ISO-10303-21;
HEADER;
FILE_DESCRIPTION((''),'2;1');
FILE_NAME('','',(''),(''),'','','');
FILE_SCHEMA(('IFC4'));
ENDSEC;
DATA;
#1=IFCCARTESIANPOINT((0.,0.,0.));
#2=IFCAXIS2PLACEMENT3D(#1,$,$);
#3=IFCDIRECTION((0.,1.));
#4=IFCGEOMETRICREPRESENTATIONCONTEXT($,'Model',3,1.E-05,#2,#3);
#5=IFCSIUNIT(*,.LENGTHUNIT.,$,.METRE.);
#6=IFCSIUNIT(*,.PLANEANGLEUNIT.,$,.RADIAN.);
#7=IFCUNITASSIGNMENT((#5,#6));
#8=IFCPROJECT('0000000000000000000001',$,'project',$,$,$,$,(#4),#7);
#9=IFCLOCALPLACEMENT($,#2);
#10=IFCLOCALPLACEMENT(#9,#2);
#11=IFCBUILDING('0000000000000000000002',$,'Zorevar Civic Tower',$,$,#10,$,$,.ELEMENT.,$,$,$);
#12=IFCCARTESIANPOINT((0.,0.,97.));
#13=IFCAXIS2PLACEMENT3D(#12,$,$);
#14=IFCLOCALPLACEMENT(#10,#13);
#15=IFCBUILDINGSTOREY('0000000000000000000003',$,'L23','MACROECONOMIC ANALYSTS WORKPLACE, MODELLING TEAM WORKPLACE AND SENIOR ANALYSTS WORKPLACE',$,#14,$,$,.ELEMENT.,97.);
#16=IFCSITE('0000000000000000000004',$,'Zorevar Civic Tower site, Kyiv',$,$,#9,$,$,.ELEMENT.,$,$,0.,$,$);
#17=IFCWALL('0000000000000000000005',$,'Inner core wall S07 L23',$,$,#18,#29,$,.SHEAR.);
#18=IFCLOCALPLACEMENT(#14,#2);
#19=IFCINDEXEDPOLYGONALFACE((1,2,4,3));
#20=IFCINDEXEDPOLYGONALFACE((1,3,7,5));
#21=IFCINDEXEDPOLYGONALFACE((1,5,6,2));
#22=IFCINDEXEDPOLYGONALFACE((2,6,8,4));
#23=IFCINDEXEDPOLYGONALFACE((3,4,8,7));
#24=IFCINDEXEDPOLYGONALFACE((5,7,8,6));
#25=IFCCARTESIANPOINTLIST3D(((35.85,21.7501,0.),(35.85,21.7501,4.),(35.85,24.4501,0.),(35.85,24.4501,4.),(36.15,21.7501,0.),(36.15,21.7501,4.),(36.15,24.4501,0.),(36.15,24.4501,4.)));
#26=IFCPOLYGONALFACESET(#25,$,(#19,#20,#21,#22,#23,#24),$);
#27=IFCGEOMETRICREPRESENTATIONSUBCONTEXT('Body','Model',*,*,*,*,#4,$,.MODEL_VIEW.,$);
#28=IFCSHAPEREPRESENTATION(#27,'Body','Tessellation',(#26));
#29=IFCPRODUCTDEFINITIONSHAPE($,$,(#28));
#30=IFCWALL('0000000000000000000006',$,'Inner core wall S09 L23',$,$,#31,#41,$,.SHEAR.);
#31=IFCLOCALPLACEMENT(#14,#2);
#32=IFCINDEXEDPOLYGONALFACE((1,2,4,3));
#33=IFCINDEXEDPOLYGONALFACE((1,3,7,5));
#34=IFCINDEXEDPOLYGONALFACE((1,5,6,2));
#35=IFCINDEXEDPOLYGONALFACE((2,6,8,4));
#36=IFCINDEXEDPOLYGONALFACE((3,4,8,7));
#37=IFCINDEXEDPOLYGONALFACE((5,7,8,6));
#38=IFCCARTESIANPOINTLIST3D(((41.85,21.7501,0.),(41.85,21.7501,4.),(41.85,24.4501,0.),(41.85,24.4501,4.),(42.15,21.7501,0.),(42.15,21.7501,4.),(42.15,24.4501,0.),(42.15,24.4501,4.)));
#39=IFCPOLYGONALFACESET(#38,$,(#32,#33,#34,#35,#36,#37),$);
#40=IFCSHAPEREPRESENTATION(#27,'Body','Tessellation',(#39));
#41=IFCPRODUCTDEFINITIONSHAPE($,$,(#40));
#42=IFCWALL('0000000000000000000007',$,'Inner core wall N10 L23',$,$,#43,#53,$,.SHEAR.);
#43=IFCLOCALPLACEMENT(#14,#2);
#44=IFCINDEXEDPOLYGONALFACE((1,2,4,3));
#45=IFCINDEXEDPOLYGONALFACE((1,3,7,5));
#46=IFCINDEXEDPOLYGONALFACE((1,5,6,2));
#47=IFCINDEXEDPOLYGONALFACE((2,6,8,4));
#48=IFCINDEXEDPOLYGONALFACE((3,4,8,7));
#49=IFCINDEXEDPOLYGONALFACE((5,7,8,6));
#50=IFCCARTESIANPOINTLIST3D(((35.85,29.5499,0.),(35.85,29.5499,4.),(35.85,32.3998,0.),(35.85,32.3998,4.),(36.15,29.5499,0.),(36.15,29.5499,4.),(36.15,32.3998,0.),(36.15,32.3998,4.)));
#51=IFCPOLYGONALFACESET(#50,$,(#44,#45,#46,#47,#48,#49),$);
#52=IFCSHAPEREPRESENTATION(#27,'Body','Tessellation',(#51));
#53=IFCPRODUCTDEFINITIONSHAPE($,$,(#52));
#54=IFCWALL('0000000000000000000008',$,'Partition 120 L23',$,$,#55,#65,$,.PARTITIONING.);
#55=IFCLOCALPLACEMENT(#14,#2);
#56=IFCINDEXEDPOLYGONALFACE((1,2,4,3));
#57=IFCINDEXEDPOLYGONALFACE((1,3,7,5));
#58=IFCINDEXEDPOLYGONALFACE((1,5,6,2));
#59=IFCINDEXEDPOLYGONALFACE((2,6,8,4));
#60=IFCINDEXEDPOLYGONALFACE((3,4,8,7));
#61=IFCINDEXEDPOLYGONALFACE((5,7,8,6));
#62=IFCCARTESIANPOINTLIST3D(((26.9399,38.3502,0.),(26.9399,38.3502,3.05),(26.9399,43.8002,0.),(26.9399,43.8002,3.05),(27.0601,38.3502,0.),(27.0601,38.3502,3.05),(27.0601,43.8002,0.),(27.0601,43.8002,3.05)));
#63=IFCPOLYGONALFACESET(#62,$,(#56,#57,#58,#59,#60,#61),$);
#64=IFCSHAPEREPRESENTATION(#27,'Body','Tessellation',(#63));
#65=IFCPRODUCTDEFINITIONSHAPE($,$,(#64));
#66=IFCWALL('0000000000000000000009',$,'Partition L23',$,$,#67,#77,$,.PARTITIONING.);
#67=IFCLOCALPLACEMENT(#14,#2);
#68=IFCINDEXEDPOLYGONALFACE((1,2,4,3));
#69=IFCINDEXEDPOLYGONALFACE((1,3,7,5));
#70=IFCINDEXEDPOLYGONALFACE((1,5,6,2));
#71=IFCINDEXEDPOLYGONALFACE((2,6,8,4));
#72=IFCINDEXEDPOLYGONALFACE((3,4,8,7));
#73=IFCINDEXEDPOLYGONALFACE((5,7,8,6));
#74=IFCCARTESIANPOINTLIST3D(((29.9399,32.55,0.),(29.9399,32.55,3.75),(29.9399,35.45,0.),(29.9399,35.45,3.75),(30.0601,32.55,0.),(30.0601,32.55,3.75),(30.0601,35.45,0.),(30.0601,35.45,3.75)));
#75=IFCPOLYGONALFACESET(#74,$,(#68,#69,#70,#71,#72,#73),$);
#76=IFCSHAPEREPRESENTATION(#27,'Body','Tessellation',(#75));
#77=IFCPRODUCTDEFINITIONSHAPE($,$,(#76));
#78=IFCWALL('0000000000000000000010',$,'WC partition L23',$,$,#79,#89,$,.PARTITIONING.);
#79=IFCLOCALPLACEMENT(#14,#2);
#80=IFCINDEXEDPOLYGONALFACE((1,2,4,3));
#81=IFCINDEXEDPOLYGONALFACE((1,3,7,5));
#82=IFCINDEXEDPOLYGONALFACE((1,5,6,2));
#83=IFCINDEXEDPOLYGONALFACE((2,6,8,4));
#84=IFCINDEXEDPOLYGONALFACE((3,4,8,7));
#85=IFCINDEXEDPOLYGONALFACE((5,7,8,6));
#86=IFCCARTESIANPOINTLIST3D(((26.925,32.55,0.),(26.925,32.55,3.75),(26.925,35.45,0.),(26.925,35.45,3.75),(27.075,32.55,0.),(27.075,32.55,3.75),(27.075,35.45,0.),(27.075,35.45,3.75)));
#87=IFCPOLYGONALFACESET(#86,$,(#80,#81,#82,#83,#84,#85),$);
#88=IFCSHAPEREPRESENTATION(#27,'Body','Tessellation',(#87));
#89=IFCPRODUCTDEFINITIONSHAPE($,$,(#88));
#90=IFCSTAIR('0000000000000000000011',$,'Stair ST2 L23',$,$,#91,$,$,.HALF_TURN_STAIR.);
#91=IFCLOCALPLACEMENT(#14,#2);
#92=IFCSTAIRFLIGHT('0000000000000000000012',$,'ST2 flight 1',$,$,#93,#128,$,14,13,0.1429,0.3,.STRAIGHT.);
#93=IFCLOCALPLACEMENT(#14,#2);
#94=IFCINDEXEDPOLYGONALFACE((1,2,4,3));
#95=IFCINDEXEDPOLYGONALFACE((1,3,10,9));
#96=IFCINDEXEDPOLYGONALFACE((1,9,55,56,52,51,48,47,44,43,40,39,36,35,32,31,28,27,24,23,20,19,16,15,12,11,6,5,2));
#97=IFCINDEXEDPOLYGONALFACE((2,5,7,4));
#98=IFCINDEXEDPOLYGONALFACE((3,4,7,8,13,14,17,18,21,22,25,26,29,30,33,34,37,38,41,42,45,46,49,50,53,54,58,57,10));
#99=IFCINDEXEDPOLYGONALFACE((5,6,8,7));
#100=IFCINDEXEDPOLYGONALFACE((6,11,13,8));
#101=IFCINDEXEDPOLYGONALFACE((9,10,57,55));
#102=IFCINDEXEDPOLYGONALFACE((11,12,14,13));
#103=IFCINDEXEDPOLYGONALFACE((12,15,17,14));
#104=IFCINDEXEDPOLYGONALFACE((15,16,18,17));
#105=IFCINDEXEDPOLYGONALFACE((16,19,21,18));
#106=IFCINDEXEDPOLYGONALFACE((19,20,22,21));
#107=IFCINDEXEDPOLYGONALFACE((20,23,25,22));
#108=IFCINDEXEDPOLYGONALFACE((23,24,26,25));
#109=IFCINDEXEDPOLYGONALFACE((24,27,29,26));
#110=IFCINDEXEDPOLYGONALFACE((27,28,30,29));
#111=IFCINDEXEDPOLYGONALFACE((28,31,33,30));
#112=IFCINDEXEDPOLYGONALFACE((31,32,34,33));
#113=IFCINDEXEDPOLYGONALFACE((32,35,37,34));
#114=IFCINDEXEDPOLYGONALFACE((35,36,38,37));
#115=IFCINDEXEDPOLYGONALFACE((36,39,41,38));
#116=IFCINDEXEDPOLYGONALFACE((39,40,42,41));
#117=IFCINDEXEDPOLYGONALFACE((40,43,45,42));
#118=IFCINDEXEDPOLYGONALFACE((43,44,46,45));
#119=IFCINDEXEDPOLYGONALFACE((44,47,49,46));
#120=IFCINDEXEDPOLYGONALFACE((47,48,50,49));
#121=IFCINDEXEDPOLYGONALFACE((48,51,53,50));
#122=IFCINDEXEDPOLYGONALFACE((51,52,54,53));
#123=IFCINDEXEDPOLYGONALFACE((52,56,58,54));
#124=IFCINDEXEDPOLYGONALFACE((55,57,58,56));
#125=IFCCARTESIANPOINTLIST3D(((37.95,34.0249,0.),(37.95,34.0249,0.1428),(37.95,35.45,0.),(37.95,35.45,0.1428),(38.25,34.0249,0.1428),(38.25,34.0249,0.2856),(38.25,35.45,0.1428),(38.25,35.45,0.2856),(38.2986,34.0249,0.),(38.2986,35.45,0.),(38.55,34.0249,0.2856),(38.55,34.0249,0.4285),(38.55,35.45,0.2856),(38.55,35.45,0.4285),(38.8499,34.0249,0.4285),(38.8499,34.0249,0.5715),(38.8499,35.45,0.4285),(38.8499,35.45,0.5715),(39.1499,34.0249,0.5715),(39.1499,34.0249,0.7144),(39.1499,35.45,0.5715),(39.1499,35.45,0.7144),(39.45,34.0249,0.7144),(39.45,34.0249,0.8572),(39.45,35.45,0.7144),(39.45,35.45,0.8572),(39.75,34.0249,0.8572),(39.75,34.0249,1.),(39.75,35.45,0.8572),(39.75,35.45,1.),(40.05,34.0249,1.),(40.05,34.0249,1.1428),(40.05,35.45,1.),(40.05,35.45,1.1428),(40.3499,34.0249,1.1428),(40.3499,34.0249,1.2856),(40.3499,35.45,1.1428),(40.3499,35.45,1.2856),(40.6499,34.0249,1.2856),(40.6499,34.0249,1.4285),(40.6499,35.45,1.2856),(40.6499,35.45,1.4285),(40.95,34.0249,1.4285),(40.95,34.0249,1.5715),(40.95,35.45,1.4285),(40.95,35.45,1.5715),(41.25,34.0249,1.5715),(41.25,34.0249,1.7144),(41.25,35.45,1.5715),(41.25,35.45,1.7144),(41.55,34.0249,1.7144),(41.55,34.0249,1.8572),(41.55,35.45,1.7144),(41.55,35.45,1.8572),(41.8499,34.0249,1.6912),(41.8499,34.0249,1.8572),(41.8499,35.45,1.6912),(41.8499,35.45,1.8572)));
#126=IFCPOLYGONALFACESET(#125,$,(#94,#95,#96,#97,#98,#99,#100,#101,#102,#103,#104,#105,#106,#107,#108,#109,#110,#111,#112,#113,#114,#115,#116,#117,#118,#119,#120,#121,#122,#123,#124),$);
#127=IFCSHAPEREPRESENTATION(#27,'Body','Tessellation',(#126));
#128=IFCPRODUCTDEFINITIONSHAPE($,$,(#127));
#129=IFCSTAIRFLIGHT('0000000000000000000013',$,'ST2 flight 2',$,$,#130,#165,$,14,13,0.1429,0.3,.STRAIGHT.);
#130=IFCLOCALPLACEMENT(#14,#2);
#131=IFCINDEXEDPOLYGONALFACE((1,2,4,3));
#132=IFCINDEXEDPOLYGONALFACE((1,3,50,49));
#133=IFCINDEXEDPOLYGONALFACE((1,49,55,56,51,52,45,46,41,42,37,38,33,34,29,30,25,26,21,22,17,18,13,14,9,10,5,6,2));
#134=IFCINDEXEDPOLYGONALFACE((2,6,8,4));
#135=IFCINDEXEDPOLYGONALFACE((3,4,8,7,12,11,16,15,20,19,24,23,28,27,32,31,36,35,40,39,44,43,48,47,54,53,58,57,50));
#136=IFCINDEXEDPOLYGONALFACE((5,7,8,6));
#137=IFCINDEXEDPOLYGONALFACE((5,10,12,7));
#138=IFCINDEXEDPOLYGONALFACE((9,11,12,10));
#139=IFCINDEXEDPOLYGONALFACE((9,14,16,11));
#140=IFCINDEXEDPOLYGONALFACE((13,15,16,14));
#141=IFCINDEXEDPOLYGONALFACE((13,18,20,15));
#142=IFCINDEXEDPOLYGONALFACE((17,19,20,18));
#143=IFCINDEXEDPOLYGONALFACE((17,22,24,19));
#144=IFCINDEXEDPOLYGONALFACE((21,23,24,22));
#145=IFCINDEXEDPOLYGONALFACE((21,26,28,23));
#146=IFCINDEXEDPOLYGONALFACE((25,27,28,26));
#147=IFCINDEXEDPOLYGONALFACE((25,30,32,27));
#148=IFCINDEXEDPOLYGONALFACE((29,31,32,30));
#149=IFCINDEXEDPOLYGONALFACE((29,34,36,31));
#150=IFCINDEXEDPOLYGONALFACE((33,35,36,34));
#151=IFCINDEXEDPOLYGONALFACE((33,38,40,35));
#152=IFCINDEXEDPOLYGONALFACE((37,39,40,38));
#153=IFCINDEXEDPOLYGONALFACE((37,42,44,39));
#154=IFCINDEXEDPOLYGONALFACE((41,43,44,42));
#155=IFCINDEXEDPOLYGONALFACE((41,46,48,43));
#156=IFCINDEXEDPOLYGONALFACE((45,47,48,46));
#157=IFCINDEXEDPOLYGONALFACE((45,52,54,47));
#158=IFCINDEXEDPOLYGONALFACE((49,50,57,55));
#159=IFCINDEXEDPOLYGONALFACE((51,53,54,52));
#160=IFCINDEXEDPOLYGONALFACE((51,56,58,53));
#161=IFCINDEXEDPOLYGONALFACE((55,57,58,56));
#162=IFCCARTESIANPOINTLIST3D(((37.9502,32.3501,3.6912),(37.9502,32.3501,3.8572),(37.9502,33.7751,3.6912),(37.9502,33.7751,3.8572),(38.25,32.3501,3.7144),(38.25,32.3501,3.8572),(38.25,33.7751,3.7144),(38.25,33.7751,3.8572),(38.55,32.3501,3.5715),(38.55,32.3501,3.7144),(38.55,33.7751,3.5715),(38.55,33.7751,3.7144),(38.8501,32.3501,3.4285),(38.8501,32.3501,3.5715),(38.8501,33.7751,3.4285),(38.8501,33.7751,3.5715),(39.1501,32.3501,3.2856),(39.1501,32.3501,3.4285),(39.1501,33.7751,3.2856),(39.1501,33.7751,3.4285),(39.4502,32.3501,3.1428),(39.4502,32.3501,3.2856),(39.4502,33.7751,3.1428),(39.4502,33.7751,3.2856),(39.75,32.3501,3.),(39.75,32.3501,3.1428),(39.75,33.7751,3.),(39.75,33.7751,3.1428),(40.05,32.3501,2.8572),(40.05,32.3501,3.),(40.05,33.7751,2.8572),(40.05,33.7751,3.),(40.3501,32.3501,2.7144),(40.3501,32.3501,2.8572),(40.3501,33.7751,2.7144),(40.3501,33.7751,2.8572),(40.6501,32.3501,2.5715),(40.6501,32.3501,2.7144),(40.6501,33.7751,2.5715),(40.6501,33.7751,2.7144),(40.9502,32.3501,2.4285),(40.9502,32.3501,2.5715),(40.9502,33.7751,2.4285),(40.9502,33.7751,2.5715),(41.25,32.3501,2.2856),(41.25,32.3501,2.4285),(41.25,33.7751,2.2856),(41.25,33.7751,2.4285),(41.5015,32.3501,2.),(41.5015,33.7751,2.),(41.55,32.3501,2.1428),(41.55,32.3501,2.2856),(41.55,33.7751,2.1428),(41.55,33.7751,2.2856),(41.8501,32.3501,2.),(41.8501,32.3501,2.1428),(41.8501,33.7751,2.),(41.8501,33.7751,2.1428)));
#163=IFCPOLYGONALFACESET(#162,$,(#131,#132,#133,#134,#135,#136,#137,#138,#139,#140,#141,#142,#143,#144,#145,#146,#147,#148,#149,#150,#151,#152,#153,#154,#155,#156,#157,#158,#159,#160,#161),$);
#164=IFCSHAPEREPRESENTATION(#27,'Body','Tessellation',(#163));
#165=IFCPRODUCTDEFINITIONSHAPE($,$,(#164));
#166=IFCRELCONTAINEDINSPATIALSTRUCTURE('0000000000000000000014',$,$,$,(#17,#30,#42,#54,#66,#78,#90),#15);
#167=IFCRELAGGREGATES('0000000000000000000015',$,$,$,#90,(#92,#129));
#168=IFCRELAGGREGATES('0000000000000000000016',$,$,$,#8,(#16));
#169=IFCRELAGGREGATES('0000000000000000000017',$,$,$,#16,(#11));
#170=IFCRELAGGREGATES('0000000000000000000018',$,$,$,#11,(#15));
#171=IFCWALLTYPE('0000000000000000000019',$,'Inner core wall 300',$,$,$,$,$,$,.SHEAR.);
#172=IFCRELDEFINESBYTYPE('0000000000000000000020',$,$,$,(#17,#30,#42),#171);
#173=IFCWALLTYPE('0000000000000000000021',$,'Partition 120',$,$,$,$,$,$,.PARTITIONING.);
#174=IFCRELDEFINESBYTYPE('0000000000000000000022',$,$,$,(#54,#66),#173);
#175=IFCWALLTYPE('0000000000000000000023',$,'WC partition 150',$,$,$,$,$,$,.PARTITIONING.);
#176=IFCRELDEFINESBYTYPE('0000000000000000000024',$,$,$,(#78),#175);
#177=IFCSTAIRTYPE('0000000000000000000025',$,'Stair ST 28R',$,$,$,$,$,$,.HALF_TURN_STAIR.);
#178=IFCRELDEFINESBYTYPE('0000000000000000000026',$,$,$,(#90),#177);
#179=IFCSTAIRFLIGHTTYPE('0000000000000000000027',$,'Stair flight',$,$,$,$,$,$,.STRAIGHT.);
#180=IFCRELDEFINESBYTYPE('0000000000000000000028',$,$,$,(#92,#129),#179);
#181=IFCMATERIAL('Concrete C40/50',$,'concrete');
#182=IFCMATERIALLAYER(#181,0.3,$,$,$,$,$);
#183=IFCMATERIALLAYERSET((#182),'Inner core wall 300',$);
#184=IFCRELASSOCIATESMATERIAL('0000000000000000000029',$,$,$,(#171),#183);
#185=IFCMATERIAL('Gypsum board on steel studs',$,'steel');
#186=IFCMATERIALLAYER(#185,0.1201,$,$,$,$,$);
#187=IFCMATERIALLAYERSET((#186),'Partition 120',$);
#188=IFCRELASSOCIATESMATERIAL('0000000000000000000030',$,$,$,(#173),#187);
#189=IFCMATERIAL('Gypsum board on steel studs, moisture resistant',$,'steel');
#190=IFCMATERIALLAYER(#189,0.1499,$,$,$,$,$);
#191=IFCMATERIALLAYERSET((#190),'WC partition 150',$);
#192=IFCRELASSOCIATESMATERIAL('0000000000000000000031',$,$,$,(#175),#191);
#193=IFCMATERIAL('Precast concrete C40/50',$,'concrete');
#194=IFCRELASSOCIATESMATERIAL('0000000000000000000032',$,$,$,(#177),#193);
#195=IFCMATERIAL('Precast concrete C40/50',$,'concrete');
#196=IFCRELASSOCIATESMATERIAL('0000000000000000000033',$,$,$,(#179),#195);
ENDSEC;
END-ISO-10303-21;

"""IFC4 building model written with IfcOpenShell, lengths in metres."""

from ifc_helpers import new_model, si_unit, direction, frame, frame_2d, origin, place, context, subcontext, project, spatial, polyline, rectangle, outline, extrude, material, layer, layer_set, type_object, element, aggregate, save


model = new_model("IFC4")

# Units and contexts
model_context = context("Model", 3, precision=1e-05, world=origin(), true_north=direction((0.0, 1.0)))
body_context = subcontext(model_context, "Body", "Model", "MODEL_VIEW")
ifc_project = project(units=[si_unit("LENGTHUNIT", "METRE"), si_unit("PLANEANGLEUNIT", "RADIAN")], contexts=[model_context])

# Site, building, storey
site_placement = place(None, origin())
site = spatial("IfcSite", under=ifc_project, at=site_placement, Name="Zorevar Civic Tower site, Kyiv", CompositionType="ELEMENT", RefElevation=0.0)
building_placement = place(site_placement, origin())
building = spatial("IfcBuilding", under=site, at=building_placement, Name="Zorevar Civic Tower", CompositionType="ELEMENT")
storey_placement = place(building_placement, frame((0.0, 0.0, 97.0)))
storey = spatial("IfcBuildingStorey", under=building, at=storey_placement, Name="L23", Description="MACROECONOMIC ANALYSTS WORKPLACE, MODELLING TEAM WORKPLACE AND SENIOR ANALYSTS WORKPLACE", CompositionType="ELEMENT", Elevation=97.0)

# Shared definitions
ifc_material_1 = material(Name="Concrete C40/50", Category="concrete")
ifc_layer_1 = layer(ifc_material_1, 0.3)
ifc_layer_set_1 = layer_set([ifc_layer_1], Name="Inner core wall 300")
wall_type_1 = type_object("IfcWallType", Name="Inner core wall 300", PredefinedType="SHEAR", material=ifc_layer_set_1)

# Walls
for number, where, z_axis, x_axis, name in (
    (1, (36.0, 21.75, 0.0), (0.0, 0.0, 1.0), (0.0, 1.0, 0.0), "Inner core wall S07 L23"),
    (2, (42.0, 21.75, 0.0), (0.0, 0.0, 1.0), (0.0, 1.0, 0.0), "Inner core wall S09 L23"),
):
    element("IfcWall", number, at=place(storey_placement, frame(where, z_axis=z_axis, x_axis=x_axis)), inside=storey, type_object=wall_type_1, Name=name, PredefinedType="SHEAR", context=body_context, shape_type="SweptSolid", body=[
        extrude(rectangle(XDim=2.7, YDim=0.3, at=frame_2d((1.3501, 0.0))), origin(), (0.0, 0.0, 1.0), 4.0),
    ])
wall_1_placement = place(storey_placement, frame((36.0, 29.55, 0.0), z_axis=(0.0, 0.0, 1.0), x_axis=(0.0, 1.0, 0.0)))
element("IfcWall", 3, at=wall_1_placement, inside=storey, type_object=wall_type_1, Name="Inner core wall N10 L23", PredefinedType="SHEAR", context=body_context, shape_type="SweptSolid", body=[
    extrude(rectangle(XDim=2.8499, YDim=0.3, at=frame_2d((1.4248, 0.0))), origin(), (0.0, 0.0, 1.0), 4.0),
])
ifc_material_2 = material(Name="Gypsum board on steel studs", Category="steel")
ifc_layer_2 = layer(ifc_material_2, 0.1201)
ifc_layer_set_2 = layer_set([ifc_layer_2], Name="Partition 120")
wall_type_2 = type_object("IfcWallType", Name="Partition 120", PredefinedType="PARTITIONING", material=ifc_layer_set_2)
wall_2_placement = place(storey_placement, frame((27.0, 38.3501, 0.0), z_axis=(0.0, 0.0, 1.0), x_axis=(0.0, 1.0, 0.0)))
element("IfcWall", 4, at=wall_2_placement, inside=storey, type_object=wall_type_2, Name="Partition 120 L23", PredefinedType="PARTITIONING", context=body_context, shape_type="SweptSolid", body=[
    extrude(rectangle(XDim=5.45, YDim=0.1201, at=frame_2d((2.7251, 0.0))), origin(), (0.0, 0.0, 1.0), 3.05),
])
wall_3_placement = place(storey_placement, frame((30.0, 32.55, 0.0), z_axis=(0.0, 0.0, 1.0), x_axis=(0.0, 1.0, 0.0)))
element("IfcWall", 5, at=wall_3_placement, inside=storey, type_object=wall_type_2, Name="Partition L23", PredefinedType="PARTITIONING", context=body_context, shape_type="SweptSolid", body=[
    extrude(rectangle(XDim=2.8999, YDim=0.1201, at=frame_2d((1.45, 0.0))), origin(), (0.0, 0.0, 1.0), 3.75),
])
ifc_material_3 = material(Name="Gypsum board on steel studs, moisture resistant", Category="steel")
ifc_layer_3 = layer(ifc_material_3, 0.1499)
ifc_layer_set_3 = layer_set([ifc_layer_3], Name="WC partition 150")
wall_type_3 = type_object("IfcWallType", Name="WC partition 150", PredefinedType="PARTITIONING", material=ifc_layer_set_3)
wall_4_placement = place(storey_placement, frame((27.0, 32.55, 0.0), z_axis=(0.0, 0.0, 1.0), x_axis=(0.0, 1.0, 0.0)))
element("IfcWall", 6, at=wall_4_placement, inside=storey, type_object=wall_type_3, Name="WC partition L23", PredefinedType="PARTITIONING", context=body_context, shape_type="SweptSolid", body=[
    extrude(rectangle(XDim=2.8999, YDim=0.1499, at=frame_2d((1.45, 0.0))), origin(), (0.0, 0.0, 1.0), 3.75),
])

# Stair, stair flights
ifc_material_4 = material(Name="Precast concrete C40/50", Category="concrete")
stair_type = type_object("IfcStairType", Name="Stair ST 28R", PredefinedType="HALF_TURN_STAIR", material=ifc_material_4)
stair_placement = place(storey_placement, origin())
stair = element("IfcStair", 7, at=stair_placement, inside=storey, type_object=stair_type, Name="Stair ST2 L23", PredefinedType="HALF_TURN_STAIR")
ifc_material_5 = material(Name="Precast concrete C40/50", Category="concrete")
stair_flight_type = type_object("IfcStairFlightType", Name="Stair flight", PredefinedType="STRAIGHT", material=ifc_material_5)
stair_flight_1_placement = place(storey_placement, frame((37.95, 34.7375, 0.0), z_axis=(0.0, 0.0, 1.0), x_axis=(1.0, 0.0, 0.0)))
stair_flight_1 = element("IfcStairFlight", 8, at=stair_flight_1_placement, type_object=stair_flight_type, Name="ST2 flight 1", NumberOfRisers=14, NumberOfTreads=13, PredefinedType="STRAIGHT", RiserHeight=0.1429, TreadLength=0.3, context=body_context, shape_type="SweptSolid", body=[
    extrude(outline(polyline([(0.0, 0.0), (0.0, 0.1428), (0.3, 0.1428), (0.3, 0.2856), (0.6001, 0.2856), (0.6001, 0.4285), (0.8999, 0.4285), (0.8999, 0.5715), (1.2, 0.5715), (1.2, 0.7144), (1.5, 0.7144), (1.5, 0.8572), (1.8, 0.8572), (1.8, 1.0), (2.1001, 1.0), (2.1001, 1.1428), (2.3999, 1.1428), (2.3999, 1.2856), (2.7, 1.2856), (2.7, 1.4285), (3.0, 1.4285), (3.0, 1.5715), (3.3, 1.5715), (3.3, 1.7144), (3.6001, 1.7144), (3.6001, 1.8572), (3.8999, 1.8572), (3.8999, 2.0), (3.8999, 1.6912), (0.3486, 0.0), (0.0, 0.0)])), frame((0.0, 0.7124, 0.0), z_axis=(0.0, -1.0, 0.0), x_axis=(1.0, 0.0, 0.0)), (0.0, 0.0, 1.0), 1.425),
])
stair_flight_2_placement = place(storey_placement, frame((41.8501, 33.0625, 2.0), z_axis=(0.0, 0.0, 1.0), x_axis=(-1.0, 0.0, 0.0)))
stair_flight_2 = element("IfcStairFlight", 9, at=stair_flight_2_placement, type_object=stair_flight_type, Name="ST2 flight 2", NumberOfRisers=14, NumberOfTreads=13, PredefinedType="STRAIGHT", RiserHeight=0.1429, TreadLength=0.3, context=body_context, shape_type="SweptSolid", body=[
    extrude(outline(polyline([(0.0, 0.0), (0.0, 0.1428), (0.3, 0.1428), (0.3, 0.2856), (0.6001, 0.2856), (0.6001, 0.4285), (0.8999, 0.4285), (0.8999, 0.5715), (1.2, 0.5715), (1.2, 0.7144), (1.5, 0.7144), (1.5, 0.8572), (1.8, 0.8572), (1.8, 1.0), (2.1001, 1.0), (2.1001, 1.1428), (2.3999, 1.1428), (2.3999, 1.2856), (2.7, 1.2856), (2.7, 1.4285), (3.0, 1.4285), (3.0, 1.5715), (3.3, 1.5715), (3.3, 1.7144), (3.6001, 1.7144), (3.6001, 1.8572), (3.8999, 1.8572), (3.8999, 2.0), (3.8999, 1.6912), (0.3486, 0.0), (0.0, 0.0)])), frame((0.0, 0.7124, 0.0), z_axis=(0.0, -1.0, 0.0), x_axis=(1.0, 0.0, 0.0)), (0.0, 0.0, 1.0), 1.425),
])
aggregate(stair, [stair_flight_1, stair_flight_2])

save(model, "model.ifc")
